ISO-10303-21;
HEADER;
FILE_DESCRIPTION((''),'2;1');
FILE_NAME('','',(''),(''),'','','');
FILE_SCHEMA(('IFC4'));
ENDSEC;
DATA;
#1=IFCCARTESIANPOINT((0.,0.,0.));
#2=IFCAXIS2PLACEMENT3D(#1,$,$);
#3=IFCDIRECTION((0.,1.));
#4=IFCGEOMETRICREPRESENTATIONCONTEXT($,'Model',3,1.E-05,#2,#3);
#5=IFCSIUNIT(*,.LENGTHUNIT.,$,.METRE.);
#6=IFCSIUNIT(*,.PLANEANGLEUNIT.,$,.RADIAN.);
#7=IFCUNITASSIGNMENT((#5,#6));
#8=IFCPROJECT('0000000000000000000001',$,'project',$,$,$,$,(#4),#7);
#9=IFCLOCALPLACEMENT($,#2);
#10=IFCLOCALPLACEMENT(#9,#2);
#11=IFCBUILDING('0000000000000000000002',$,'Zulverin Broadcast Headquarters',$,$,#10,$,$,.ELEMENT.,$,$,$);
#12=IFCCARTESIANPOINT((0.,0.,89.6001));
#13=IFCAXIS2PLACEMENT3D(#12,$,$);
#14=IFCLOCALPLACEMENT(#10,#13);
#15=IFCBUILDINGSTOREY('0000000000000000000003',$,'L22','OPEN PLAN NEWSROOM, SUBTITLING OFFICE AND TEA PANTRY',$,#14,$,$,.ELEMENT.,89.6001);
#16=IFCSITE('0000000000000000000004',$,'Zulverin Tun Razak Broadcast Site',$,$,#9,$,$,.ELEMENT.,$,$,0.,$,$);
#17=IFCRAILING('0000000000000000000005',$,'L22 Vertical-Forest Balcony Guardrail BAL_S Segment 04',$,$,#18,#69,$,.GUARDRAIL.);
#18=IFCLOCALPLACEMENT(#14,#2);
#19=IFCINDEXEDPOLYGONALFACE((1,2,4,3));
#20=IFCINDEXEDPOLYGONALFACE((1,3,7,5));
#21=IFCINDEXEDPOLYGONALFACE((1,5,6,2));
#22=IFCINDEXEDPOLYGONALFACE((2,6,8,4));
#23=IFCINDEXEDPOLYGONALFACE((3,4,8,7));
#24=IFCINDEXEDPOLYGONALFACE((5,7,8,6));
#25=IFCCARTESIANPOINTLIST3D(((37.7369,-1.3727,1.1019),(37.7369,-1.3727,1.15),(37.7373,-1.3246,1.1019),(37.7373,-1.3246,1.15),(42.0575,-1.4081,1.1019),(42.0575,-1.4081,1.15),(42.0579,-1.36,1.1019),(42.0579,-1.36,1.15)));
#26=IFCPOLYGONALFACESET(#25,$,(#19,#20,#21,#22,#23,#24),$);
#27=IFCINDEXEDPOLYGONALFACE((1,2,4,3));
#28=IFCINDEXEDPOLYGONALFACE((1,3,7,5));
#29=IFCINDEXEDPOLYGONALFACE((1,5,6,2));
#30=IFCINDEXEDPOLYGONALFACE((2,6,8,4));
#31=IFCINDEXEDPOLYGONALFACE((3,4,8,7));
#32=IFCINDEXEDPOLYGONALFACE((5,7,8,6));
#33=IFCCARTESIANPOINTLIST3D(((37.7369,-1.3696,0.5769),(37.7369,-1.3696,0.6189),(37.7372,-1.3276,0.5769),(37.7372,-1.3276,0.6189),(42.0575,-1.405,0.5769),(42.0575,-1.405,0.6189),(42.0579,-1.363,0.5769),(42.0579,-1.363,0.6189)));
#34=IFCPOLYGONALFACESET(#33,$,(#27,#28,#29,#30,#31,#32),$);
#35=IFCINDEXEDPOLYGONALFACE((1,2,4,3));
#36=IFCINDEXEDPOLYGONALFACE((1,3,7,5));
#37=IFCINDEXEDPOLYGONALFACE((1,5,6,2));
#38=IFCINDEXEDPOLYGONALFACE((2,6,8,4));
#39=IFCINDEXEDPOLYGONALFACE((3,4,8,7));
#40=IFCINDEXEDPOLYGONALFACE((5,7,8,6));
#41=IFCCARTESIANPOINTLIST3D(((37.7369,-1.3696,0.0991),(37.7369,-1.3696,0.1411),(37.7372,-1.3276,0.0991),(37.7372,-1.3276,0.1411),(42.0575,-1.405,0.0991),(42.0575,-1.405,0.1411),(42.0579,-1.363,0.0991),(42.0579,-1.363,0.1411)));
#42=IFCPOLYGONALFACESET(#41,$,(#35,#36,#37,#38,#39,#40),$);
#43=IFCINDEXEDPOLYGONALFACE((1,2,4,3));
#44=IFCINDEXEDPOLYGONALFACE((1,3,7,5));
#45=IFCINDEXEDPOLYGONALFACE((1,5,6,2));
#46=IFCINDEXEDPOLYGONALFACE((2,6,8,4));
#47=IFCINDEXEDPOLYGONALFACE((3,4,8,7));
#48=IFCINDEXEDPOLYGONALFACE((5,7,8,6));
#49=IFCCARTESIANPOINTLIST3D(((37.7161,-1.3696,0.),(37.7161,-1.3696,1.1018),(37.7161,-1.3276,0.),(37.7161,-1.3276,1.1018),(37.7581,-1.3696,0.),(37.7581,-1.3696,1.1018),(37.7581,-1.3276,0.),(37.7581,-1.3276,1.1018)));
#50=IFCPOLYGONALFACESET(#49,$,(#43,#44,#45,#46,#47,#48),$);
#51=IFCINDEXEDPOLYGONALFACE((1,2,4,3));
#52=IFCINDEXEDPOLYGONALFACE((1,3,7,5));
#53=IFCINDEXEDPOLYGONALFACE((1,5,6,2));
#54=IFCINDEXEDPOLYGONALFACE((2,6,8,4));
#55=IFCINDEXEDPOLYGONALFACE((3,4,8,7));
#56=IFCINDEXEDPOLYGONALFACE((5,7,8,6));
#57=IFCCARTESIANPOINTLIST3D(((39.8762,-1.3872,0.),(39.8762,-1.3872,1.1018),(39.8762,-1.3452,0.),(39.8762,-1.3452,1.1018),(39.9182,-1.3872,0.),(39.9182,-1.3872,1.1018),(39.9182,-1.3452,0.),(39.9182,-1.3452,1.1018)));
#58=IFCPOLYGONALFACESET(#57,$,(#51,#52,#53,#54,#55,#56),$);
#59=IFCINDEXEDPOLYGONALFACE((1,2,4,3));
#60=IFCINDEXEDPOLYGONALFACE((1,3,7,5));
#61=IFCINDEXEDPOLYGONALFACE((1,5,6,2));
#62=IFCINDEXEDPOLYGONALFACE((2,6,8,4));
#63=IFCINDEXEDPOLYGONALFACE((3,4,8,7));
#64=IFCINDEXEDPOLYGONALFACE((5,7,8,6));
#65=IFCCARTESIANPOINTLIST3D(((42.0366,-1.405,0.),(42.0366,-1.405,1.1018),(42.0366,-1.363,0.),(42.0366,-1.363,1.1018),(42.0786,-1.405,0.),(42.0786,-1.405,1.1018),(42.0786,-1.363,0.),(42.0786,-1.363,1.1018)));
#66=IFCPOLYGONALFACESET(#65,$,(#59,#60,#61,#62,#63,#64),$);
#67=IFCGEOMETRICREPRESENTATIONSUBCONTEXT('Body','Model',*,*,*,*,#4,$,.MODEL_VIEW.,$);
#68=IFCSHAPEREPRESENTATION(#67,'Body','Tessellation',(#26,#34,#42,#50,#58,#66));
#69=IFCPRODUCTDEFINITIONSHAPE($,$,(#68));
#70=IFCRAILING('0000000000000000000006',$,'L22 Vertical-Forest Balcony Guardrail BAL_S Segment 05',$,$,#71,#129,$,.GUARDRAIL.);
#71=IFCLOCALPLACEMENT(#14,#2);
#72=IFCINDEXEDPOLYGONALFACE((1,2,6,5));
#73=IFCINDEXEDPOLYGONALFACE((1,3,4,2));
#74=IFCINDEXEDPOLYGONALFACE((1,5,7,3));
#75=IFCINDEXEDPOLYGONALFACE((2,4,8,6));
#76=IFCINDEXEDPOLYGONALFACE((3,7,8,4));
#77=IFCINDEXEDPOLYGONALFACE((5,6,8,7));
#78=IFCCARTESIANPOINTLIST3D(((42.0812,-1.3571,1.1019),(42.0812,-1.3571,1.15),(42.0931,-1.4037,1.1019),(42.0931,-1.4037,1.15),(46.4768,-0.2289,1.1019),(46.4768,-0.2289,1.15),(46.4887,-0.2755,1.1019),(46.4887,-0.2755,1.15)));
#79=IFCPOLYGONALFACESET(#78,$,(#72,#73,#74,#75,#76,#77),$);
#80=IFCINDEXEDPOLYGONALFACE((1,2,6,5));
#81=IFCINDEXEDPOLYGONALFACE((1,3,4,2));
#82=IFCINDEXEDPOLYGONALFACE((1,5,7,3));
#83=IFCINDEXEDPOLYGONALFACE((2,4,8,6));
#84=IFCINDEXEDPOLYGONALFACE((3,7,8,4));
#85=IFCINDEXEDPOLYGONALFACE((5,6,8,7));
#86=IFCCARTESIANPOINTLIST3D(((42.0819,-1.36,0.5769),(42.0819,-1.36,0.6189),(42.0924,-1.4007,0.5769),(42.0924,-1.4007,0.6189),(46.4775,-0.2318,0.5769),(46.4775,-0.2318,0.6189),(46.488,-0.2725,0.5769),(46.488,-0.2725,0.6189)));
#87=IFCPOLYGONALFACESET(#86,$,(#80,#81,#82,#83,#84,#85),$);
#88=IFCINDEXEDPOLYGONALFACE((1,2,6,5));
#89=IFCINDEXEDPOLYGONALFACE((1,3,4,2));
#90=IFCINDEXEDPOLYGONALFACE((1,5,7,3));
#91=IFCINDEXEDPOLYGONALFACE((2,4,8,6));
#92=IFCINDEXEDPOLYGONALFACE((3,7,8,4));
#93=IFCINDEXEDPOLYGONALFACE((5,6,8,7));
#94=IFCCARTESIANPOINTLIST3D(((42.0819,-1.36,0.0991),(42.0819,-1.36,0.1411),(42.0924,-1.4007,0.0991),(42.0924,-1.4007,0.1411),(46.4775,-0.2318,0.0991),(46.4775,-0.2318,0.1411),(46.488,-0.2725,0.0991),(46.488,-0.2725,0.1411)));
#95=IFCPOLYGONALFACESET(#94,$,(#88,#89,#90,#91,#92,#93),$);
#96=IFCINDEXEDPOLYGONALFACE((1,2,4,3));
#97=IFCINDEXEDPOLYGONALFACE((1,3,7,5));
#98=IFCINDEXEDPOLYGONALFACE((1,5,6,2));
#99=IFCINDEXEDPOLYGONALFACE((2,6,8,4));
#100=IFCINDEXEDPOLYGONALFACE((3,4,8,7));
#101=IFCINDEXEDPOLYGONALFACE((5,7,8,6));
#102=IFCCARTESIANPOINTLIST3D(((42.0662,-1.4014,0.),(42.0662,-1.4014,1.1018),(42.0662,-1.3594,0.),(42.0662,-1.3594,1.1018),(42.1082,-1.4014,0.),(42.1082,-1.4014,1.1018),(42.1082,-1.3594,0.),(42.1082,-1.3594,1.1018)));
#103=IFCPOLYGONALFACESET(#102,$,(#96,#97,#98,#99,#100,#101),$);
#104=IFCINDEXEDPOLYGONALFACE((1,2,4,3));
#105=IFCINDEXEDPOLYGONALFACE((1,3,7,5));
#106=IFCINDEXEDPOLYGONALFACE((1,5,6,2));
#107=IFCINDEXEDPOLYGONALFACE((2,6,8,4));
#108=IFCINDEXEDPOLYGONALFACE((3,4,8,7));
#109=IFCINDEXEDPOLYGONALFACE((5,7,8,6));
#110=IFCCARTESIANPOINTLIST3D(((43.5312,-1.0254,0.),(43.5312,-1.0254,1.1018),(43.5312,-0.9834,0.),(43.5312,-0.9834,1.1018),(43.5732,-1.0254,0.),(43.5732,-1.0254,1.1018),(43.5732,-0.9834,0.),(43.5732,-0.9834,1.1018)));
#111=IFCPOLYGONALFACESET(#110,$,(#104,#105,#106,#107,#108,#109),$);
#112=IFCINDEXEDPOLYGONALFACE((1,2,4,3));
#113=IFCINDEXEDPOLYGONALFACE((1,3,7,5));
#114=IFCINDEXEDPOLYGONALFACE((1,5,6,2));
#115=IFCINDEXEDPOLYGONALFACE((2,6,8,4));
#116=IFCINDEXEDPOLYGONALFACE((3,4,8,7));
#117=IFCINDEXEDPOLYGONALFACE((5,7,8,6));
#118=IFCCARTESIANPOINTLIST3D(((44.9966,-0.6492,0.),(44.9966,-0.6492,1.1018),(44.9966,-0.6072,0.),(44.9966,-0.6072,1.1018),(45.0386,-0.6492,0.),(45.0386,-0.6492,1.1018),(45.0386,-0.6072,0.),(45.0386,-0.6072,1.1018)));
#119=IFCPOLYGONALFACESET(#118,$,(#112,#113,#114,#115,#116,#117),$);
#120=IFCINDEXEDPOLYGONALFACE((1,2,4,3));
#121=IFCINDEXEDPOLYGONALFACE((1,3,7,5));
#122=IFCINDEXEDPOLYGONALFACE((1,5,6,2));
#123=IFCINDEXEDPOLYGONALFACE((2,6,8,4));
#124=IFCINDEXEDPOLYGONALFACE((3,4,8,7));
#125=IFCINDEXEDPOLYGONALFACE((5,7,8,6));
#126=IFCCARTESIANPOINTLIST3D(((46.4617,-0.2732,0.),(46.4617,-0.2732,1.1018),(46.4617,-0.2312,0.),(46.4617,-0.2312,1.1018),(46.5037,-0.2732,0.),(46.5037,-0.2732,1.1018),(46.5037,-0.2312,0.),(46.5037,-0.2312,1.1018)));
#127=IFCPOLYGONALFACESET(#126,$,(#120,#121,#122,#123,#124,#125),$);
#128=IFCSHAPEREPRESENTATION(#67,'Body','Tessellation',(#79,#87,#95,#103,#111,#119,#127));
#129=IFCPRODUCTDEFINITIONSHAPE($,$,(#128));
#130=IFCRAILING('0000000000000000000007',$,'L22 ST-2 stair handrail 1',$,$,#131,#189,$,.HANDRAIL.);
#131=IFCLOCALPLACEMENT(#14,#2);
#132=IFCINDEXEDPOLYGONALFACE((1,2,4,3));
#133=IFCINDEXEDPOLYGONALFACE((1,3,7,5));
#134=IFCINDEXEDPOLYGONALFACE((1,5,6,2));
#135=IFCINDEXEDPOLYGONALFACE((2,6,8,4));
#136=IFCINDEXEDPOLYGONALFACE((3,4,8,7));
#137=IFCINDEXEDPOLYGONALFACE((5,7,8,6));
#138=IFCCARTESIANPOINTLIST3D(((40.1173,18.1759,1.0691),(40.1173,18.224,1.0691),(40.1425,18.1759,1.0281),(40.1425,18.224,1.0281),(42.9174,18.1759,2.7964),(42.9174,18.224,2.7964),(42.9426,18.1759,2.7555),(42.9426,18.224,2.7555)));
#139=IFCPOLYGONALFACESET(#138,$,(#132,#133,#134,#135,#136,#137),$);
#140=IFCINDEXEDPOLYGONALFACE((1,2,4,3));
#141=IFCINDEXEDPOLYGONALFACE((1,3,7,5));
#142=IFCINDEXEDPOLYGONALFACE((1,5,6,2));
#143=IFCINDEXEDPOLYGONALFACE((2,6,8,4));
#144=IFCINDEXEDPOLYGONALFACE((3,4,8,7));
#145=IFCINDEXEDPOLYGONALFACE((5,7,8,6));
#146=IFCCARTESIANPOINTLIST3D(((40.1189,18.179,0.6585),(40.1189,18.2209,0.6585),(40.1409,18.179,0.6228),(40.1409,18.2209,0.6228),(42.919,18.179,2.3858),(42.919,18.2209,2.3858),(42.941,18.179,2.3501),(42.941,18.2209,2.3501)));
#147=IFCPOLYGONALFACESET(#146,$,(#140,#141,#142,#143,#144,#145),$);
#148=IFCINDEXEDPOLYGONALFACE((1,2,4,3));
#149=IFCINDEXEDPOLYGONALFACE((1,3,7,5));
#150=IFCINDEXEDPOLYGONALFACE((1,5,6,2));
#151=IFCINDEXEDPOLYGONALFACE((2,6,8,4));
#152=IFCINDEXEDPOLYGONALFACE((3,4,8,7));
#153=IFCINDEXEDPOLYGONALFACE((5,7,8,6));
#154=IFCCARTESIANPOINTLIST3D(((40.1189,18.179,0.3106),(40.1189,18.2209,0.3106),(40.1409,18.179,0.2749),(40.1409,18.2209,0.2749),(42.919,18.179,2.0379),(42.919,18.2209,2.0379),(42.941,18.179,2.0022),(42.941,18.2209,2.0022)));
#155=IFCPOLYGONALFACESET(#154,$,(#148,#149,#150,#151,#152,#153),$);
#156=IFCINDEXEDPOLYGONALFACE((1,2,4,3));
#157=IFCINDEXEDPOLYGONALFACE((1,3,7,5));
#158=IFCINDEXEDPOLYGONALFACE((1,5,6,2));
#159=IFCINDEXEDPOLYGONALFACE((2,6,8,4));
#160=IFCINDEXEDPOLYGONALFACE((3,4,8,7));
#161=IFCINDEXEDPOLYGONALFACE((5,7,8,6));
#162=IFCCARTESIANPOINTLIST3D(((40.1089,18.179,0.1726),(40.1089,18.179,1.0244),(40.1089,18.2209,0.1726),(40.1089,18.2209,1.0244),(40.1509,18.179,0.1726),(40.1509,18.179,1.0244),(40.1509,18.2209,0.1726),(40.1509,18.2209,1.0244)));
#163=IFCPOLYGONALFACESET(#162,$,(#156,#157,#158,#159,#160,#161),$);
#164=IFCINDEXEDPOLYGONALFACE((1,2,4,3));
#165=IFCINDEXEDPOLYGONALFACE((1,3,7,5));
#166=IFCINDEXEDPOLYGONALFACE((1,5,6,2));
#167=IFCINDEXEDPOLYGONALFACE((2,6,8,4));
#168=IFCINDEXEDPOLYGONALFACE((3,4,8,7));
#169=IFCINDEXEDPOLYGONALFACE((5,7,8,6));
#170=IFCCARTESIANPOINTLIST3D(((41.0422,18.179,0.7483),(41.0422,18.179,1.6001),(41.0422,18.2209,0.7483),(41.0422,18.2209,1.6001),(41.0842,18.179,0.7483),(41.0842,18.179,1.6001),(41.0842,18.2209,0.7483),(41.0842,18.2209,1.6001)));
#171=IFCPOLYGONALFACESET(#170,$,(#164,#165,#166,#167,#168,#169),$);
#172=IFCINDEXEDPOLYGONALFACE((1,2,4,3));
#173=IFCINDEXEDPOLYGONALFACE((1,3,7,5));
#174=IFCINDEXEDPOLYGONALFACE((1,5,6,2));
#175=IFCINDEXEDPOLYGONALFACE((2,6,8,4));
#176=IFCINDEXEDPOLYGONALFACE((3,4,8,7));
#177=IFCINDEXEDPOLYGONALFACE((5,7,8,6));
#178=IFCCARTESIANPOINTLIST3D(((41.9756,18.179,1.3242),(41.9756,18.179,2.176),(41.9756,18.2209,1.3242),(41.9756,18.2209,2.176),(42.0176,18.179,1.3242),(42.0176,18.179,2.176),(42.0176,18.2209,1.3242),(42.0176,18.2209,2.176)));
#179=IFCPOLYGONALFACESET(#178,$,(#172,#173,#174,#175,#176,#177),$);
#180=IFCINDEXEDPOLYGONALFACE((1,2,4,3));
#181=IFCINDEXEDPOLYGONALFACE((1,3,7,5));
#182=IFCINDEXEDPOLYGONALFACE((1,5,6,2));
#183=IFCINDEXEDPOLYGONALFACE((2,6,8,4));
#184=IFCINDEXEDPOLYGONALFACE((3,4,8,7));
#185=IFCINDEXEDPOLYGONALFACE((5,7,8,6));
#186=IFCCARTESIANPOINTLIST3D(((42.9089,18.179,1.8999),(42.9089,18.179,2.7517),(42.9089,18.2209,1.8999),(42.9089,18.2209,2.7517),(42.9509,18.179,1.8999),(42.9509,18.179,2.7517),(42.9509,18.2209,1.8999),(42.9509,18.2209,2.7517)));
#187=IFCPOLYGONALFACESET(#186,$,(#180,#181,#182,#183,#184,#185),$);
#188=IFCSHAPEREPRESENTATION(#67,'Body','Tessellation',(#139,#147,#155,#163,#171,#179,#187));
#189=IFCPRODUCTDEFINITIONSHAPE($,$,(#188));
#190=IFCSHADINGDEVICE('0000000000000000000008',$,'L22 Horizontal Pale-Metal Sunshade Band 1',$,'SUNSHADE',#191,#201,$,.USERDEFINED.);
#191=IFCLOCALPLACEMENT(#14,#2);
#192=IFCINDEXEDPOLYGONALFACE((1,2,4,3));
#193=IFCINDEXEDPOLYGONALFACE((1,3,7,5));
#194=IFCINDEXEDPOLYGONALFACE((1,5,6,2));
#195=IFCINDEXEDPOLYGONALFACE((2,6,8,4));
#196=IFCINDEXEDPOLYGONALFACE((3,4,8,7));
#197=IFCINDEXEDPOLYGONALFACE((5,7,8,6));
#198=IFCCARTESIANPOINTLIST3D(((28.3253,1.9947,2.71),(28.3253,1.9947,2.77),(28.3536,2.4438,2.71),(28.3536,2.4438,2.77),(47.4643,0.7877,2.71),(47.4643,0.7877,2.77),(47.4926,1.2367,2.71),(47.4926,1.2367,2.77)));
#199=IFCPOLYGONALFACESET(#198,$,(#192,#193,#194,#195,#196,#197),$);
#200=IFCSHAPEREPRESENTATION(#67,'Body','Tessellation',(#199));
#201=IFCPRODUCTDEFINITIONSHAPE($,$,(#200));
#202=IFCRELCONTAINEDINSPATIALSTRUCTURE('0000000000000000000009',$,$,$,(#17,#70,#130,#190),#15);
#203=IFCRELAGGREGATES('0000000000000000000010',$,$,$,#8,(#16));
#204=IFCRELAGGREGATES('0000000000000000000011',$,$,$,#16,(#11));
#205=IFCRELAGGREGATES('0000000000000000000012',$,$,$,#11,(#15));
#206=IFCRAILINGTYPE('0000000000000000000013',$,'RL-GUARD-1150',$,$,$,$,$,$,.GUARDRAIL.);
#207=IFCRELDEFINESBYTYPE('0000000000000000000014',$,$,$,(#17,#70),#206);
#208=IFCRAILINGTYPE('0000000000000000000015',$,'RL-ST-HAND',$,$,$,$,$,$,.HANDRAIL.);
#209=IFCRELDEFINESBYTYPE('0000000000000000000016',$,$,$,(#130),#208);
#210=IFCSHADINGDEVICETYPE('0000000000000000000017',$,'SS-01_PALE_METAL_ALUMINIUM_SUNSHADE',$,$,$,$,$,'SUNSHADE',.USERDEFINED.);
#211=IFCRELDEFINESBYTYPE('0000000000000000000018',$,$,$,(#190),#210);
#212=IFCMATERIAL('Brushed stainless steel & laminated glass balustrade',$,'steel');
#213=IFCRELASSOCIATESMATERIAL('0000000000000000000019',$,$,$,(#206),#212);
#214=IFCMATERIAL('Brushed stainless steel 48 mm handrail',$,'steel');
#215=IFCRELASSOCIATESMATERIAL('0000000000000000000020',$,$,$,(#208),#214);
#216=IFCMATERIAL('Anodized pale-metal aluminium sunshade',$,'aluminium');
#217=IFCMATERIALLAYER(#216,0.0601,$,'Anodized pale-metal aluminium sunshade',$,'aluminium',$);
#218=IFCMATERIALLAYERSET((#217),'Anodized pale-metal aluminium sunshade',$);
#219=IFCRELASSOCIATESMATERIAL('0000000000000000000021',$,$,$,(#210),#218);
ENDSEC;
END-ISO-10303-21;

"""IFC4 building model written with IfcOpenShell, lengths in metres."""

from ifc_helpers import new_model, si_unit, direction, frame, origin, origin_2d, place, context, subcontext, project, spatial, rectangle, extrude, material, layer, layer_set, type_object, element, save


model = new_model("IFC4")

# Units and contexts
model_context = context("Model", 3, precision=1e-05, world=origin(), true_north=direction((0.0, 1.0)))
body_context = subcontext(model_context, "Body", "Model", "MODEL_VIEW")
ifc_project = project(units=[si_unit("LENGTHUNIT", "METRE"), si_unit("PLANEANGLEUNIT", "RADIAN")], contexts=[model_context])

# Site, building, storey
site_placement = place(None, origin())
site = spatial("IfcSite", under=ifc_project, at=site_placement, Name="Zulverin Tun Razak Broadcast Site", CompositionType="ELEMENT", RefElevation=0.0)
building_placement = place(site_placement, origin())
building = spatial("IfcBuilding", under=site, at=building_placement, Name="Zulverin Broadcast Headquarters", CompositionType="ELEMENT")
storey_placement = place(building_placement, frame((0.0, 0.0, 89.6001)))
storey = spatial("IfcBuildingStorey", under=building, at=storey_placement, Name="L22", Description="OPEN PLAN NEWSROOM, SUBTITLING OFFICE AND TEA PANTRY", CompositionType="ELEMENT", Elevation=89.6001)

# Railings
ifc_material_1 = material(Name="Brushed stainless steel & laminated glass balustrade", Category="steel")
railing_type_1 = type_object("IfcRailingType", Name="RL-GUARD-1150", PredefinedType="GUARDRAIL", material=ifc_material_1)
railing_1_placement = place(storey_placement, frame((37.7371, -1.3486, 0.0)))
element("IfcRailing", 1, at=railing_1_placement, inside=storey, type_object=railing_type_1, Name="L22 Vertical-Forest Balcony Guardrail BAL_S Segment 04", PredefinedType="GUARDRAIL", context=body_context, shape_type="SweptSolid", body=[
    extrude(rectangle(XDim=0.0481, YDim=0.0481, at=origin_2d()), frame((0.0, 0.0, 1.126), z_axis=(0.999966, -0.008193, 0.0), x_axis=(0.008193, 0.999966, 0.0)), (0.0, 0.0, 1.0), 4.3208),
    extrude(rectangle(XDim=0.042, YDim=0.042, at=origin_2d()), frame((0.0, 0.0, 0.5979), z_axis=(0.999966, -0.008193, 0.0), x_axis=(0.008193, 0.999966, 0.0)), (0.0, 0.0, 1.0), 4.3208),
    extrude(rectangle(XDim=0.042, YDim=0.042, at=origin_2d()), frame((0.0, 0.0, 0.1201), z_axis=(0.999966, -0.008193, 0.0), x_axis=(0.008193, 0.999966, 0.0)), (0.0, 0.0, 1.0), 4.3208),
    extrude(rectangle(XDim=0.042, YDim=0.042, at=origin_2d()), origin(), (0.0, 0.0, 1.0), 1.1018),
    extrude(rectangle(XDim=0.042, YDim=0.042, at=origin_2d()), frame((2.1602, -0.0176, 0.0)), (0.0, 0.0, 1.0), 1.1018),
    extrude(rectangle(XDim=0.042, YDim=0.042, at=origin_2d()), frame((4.3206, -0.0354, 0.0)), (0.0, 0.0, 1.0), 1.1018),
])
railing_2_placement = place(storey_placement, frame((42.0872, -1.3804, 0.0)))
element("IfcRailing", 2, at=railing_2_placement, inside=storey, type_object=railing_type_1, Name="L22 Vertical-Forest Balcony Guardrail BAL_S Segment 05", PredefinedType="GUARDRAIL", context=body_context, shape_type="SweptSolid", body=[
    extrude(rectangle(XDim=0.0481, YDim=0.0481, at=origin_2d()), frame((0.0, 0.0, 1.126), z_axis=(0.968604, 0.248607, 0.0), x_axis=(-0.248607, 0.968604, 0.0)), (0.0, 0.0, 1.0), 4.5381),
    extrude(rectangle(XDim=0.042, YDim=0.042, at=origin_2d()), frame((0.0, 0.0, 0.5979), z_axis=(0.968604, 0.248607, 0.0), x_axis=(-0.248607, 0.968604, 0.0)), (0.0, 0.0, 1.0), 4.5381),
    extrude(rectangle(XDim=0.042, YDim=0.042, at=origin_2d()), frame((0.0, 0.0, 0.1201), z_axis=(0.968604, 0.248607, 0.0), x_axis=(-0.248607, 0.968604, 0.0)), (0.0, 0.0, 1.0), 4.5381),
    extrude(rectangle(XDim=0.042, YDim=0.042, at=origin_2d()), origin(), (0.0, 0.0, 1.0), 1.1018),
    extrude(rectangle(XDim=0.042, YDim=0.042, at=origin_2d()), frame((1.4651, 0.376, 0.0)), (0.0, 0.0, 1.0), 1.1018),
    extrude(rectangle(XDim=0.042, YDim=0.042, at=origin_2d()), frame((2.9304, 0.7522, 0.0)), (0.0, 0.0, 1.0), 1.1018),
    extrude(rectangle(XDim=0.042, YDim=0.042, at=origin_2d()), frame((4.3955, 1.1282, 0.0)), (0.0, 0.0, 1.0), 1.1018),
])
ifc_material_2 = material(Name="Brushed stainless steel 48 mm handrail", Category="steel")
railing_type_2 = type_object("IfcRailingType", Name="RL-ST-HAND", PredefinedType="HANDRAIL", material=ifc_material_2)
railing_3_placement = place(storey_placement, frame((40.1299, 18.2, 0.1726)))
element("IfcRailing", 3, at=railing_3_placement, inside=storey, type_object=railing_type_2, Name="L22 ST-2 stair handrail 1", PredefinedType="HANDRAIL", context=body_context, shape_type="SweptSolid", body=[
    extrude(rectangle(XDim=0.0481, YDim=0.0481, at=origin_2d()), frame((0.0, 0.0, 0.876), z_axis=(0.85109, 0.0, 0.52502), x_axis=(0.0, 1.0, 0.0)), (0.0, 0.0, 1.0), 3.29),
    extrude(rectangle(XDim=0.042, YDim=0.042, at=origin_2d()), frame((0.0, 0.0, 0.468), z_axis=(0.85109, 0.0, 0.52502), x_axis=(0.0, 1.0, 0.0)), (0.0, 0.0, 1.0), 3.29),
    extrude(rectangle(XDim=0.042, YDim=0.042, at=origin_2d()), frame((0.0, 0.0, 0.1201), z_axis=(0.85109, 0.0, 0.52502), x_axis=(0.0, 1.0, 0.0)), (0.0, 0.0, 1.0), 3.29),
    extrude(rectangle(XDim=0.042, YDim=0.042, at=origin_2d()), origin(), (0.0, 0.0, 1.0), 0.8518),
    extrude(rectangle(XDim=0.042, YDim=0.042, at=origin_2d()), frame((0.9333, 0.0, 0.5757)), (0.0, 0.0, 1.0), 0.8518),
    extrude(rectangle(XDim=0.042, YDim=0.042, at=origin_2d()), frame((1.8667, 0.0, 1.1516)), (0.0, 0.0, 1.0), 0.8518),
    extrude(rectangle(XDim=0.042, YDim=0.042, at=origin_2d()), frame((2.8, 0.0, 1.7273)), (0.0, 0.0, 1.0), 0.8518),
])

# Shading device
ifc_material_3 = material(Name="Anodized pale-metal aluminium sunshade", Category="aluminium")
ifc_layer_1 = layer(ifc_material_3, 0.0601, Name="Anodized pale-metal aluminium sunshade", Category="aluminium")
ifc_layer_set_1 = layer_set([ifc_layer_1], Name="Anodized pale-metal aluminium sunshade")
shading_device_type = type_object("IfcShadingDeviceType", Name="SS-01_PALE_METAL_ALUMINIUM_SUNSHADE", ElementType="SUNSHADE", PredefinedType="USERDEFINED", material=ifc_layer_set_1)
shading_device_placement = place(storey_placement, frame((37.9089, 1.6157, 2.71), z_axis=(0.0, 0.0, 1.0), x_axis=(0.998017, -0.062942, 0.0)))
element("IfcShadingDevice", 4, at=shading_device_placement, inside=storey, type_object=shading_device_type, Name="L22 Horizontal Pale-Metal Sunshade Band 1", ObjectType="SUNSHADE", PredefinedType="USERDEFINED", context=body_context, shape_type="SweptSolid", body=[
    extrude(rectangle(XDim=19.177, YDim=0.45, at=origin_2d()), origin(), (0.0, 0.0, 1.0), 0.0601),
])

save(model, "model.ifc")
